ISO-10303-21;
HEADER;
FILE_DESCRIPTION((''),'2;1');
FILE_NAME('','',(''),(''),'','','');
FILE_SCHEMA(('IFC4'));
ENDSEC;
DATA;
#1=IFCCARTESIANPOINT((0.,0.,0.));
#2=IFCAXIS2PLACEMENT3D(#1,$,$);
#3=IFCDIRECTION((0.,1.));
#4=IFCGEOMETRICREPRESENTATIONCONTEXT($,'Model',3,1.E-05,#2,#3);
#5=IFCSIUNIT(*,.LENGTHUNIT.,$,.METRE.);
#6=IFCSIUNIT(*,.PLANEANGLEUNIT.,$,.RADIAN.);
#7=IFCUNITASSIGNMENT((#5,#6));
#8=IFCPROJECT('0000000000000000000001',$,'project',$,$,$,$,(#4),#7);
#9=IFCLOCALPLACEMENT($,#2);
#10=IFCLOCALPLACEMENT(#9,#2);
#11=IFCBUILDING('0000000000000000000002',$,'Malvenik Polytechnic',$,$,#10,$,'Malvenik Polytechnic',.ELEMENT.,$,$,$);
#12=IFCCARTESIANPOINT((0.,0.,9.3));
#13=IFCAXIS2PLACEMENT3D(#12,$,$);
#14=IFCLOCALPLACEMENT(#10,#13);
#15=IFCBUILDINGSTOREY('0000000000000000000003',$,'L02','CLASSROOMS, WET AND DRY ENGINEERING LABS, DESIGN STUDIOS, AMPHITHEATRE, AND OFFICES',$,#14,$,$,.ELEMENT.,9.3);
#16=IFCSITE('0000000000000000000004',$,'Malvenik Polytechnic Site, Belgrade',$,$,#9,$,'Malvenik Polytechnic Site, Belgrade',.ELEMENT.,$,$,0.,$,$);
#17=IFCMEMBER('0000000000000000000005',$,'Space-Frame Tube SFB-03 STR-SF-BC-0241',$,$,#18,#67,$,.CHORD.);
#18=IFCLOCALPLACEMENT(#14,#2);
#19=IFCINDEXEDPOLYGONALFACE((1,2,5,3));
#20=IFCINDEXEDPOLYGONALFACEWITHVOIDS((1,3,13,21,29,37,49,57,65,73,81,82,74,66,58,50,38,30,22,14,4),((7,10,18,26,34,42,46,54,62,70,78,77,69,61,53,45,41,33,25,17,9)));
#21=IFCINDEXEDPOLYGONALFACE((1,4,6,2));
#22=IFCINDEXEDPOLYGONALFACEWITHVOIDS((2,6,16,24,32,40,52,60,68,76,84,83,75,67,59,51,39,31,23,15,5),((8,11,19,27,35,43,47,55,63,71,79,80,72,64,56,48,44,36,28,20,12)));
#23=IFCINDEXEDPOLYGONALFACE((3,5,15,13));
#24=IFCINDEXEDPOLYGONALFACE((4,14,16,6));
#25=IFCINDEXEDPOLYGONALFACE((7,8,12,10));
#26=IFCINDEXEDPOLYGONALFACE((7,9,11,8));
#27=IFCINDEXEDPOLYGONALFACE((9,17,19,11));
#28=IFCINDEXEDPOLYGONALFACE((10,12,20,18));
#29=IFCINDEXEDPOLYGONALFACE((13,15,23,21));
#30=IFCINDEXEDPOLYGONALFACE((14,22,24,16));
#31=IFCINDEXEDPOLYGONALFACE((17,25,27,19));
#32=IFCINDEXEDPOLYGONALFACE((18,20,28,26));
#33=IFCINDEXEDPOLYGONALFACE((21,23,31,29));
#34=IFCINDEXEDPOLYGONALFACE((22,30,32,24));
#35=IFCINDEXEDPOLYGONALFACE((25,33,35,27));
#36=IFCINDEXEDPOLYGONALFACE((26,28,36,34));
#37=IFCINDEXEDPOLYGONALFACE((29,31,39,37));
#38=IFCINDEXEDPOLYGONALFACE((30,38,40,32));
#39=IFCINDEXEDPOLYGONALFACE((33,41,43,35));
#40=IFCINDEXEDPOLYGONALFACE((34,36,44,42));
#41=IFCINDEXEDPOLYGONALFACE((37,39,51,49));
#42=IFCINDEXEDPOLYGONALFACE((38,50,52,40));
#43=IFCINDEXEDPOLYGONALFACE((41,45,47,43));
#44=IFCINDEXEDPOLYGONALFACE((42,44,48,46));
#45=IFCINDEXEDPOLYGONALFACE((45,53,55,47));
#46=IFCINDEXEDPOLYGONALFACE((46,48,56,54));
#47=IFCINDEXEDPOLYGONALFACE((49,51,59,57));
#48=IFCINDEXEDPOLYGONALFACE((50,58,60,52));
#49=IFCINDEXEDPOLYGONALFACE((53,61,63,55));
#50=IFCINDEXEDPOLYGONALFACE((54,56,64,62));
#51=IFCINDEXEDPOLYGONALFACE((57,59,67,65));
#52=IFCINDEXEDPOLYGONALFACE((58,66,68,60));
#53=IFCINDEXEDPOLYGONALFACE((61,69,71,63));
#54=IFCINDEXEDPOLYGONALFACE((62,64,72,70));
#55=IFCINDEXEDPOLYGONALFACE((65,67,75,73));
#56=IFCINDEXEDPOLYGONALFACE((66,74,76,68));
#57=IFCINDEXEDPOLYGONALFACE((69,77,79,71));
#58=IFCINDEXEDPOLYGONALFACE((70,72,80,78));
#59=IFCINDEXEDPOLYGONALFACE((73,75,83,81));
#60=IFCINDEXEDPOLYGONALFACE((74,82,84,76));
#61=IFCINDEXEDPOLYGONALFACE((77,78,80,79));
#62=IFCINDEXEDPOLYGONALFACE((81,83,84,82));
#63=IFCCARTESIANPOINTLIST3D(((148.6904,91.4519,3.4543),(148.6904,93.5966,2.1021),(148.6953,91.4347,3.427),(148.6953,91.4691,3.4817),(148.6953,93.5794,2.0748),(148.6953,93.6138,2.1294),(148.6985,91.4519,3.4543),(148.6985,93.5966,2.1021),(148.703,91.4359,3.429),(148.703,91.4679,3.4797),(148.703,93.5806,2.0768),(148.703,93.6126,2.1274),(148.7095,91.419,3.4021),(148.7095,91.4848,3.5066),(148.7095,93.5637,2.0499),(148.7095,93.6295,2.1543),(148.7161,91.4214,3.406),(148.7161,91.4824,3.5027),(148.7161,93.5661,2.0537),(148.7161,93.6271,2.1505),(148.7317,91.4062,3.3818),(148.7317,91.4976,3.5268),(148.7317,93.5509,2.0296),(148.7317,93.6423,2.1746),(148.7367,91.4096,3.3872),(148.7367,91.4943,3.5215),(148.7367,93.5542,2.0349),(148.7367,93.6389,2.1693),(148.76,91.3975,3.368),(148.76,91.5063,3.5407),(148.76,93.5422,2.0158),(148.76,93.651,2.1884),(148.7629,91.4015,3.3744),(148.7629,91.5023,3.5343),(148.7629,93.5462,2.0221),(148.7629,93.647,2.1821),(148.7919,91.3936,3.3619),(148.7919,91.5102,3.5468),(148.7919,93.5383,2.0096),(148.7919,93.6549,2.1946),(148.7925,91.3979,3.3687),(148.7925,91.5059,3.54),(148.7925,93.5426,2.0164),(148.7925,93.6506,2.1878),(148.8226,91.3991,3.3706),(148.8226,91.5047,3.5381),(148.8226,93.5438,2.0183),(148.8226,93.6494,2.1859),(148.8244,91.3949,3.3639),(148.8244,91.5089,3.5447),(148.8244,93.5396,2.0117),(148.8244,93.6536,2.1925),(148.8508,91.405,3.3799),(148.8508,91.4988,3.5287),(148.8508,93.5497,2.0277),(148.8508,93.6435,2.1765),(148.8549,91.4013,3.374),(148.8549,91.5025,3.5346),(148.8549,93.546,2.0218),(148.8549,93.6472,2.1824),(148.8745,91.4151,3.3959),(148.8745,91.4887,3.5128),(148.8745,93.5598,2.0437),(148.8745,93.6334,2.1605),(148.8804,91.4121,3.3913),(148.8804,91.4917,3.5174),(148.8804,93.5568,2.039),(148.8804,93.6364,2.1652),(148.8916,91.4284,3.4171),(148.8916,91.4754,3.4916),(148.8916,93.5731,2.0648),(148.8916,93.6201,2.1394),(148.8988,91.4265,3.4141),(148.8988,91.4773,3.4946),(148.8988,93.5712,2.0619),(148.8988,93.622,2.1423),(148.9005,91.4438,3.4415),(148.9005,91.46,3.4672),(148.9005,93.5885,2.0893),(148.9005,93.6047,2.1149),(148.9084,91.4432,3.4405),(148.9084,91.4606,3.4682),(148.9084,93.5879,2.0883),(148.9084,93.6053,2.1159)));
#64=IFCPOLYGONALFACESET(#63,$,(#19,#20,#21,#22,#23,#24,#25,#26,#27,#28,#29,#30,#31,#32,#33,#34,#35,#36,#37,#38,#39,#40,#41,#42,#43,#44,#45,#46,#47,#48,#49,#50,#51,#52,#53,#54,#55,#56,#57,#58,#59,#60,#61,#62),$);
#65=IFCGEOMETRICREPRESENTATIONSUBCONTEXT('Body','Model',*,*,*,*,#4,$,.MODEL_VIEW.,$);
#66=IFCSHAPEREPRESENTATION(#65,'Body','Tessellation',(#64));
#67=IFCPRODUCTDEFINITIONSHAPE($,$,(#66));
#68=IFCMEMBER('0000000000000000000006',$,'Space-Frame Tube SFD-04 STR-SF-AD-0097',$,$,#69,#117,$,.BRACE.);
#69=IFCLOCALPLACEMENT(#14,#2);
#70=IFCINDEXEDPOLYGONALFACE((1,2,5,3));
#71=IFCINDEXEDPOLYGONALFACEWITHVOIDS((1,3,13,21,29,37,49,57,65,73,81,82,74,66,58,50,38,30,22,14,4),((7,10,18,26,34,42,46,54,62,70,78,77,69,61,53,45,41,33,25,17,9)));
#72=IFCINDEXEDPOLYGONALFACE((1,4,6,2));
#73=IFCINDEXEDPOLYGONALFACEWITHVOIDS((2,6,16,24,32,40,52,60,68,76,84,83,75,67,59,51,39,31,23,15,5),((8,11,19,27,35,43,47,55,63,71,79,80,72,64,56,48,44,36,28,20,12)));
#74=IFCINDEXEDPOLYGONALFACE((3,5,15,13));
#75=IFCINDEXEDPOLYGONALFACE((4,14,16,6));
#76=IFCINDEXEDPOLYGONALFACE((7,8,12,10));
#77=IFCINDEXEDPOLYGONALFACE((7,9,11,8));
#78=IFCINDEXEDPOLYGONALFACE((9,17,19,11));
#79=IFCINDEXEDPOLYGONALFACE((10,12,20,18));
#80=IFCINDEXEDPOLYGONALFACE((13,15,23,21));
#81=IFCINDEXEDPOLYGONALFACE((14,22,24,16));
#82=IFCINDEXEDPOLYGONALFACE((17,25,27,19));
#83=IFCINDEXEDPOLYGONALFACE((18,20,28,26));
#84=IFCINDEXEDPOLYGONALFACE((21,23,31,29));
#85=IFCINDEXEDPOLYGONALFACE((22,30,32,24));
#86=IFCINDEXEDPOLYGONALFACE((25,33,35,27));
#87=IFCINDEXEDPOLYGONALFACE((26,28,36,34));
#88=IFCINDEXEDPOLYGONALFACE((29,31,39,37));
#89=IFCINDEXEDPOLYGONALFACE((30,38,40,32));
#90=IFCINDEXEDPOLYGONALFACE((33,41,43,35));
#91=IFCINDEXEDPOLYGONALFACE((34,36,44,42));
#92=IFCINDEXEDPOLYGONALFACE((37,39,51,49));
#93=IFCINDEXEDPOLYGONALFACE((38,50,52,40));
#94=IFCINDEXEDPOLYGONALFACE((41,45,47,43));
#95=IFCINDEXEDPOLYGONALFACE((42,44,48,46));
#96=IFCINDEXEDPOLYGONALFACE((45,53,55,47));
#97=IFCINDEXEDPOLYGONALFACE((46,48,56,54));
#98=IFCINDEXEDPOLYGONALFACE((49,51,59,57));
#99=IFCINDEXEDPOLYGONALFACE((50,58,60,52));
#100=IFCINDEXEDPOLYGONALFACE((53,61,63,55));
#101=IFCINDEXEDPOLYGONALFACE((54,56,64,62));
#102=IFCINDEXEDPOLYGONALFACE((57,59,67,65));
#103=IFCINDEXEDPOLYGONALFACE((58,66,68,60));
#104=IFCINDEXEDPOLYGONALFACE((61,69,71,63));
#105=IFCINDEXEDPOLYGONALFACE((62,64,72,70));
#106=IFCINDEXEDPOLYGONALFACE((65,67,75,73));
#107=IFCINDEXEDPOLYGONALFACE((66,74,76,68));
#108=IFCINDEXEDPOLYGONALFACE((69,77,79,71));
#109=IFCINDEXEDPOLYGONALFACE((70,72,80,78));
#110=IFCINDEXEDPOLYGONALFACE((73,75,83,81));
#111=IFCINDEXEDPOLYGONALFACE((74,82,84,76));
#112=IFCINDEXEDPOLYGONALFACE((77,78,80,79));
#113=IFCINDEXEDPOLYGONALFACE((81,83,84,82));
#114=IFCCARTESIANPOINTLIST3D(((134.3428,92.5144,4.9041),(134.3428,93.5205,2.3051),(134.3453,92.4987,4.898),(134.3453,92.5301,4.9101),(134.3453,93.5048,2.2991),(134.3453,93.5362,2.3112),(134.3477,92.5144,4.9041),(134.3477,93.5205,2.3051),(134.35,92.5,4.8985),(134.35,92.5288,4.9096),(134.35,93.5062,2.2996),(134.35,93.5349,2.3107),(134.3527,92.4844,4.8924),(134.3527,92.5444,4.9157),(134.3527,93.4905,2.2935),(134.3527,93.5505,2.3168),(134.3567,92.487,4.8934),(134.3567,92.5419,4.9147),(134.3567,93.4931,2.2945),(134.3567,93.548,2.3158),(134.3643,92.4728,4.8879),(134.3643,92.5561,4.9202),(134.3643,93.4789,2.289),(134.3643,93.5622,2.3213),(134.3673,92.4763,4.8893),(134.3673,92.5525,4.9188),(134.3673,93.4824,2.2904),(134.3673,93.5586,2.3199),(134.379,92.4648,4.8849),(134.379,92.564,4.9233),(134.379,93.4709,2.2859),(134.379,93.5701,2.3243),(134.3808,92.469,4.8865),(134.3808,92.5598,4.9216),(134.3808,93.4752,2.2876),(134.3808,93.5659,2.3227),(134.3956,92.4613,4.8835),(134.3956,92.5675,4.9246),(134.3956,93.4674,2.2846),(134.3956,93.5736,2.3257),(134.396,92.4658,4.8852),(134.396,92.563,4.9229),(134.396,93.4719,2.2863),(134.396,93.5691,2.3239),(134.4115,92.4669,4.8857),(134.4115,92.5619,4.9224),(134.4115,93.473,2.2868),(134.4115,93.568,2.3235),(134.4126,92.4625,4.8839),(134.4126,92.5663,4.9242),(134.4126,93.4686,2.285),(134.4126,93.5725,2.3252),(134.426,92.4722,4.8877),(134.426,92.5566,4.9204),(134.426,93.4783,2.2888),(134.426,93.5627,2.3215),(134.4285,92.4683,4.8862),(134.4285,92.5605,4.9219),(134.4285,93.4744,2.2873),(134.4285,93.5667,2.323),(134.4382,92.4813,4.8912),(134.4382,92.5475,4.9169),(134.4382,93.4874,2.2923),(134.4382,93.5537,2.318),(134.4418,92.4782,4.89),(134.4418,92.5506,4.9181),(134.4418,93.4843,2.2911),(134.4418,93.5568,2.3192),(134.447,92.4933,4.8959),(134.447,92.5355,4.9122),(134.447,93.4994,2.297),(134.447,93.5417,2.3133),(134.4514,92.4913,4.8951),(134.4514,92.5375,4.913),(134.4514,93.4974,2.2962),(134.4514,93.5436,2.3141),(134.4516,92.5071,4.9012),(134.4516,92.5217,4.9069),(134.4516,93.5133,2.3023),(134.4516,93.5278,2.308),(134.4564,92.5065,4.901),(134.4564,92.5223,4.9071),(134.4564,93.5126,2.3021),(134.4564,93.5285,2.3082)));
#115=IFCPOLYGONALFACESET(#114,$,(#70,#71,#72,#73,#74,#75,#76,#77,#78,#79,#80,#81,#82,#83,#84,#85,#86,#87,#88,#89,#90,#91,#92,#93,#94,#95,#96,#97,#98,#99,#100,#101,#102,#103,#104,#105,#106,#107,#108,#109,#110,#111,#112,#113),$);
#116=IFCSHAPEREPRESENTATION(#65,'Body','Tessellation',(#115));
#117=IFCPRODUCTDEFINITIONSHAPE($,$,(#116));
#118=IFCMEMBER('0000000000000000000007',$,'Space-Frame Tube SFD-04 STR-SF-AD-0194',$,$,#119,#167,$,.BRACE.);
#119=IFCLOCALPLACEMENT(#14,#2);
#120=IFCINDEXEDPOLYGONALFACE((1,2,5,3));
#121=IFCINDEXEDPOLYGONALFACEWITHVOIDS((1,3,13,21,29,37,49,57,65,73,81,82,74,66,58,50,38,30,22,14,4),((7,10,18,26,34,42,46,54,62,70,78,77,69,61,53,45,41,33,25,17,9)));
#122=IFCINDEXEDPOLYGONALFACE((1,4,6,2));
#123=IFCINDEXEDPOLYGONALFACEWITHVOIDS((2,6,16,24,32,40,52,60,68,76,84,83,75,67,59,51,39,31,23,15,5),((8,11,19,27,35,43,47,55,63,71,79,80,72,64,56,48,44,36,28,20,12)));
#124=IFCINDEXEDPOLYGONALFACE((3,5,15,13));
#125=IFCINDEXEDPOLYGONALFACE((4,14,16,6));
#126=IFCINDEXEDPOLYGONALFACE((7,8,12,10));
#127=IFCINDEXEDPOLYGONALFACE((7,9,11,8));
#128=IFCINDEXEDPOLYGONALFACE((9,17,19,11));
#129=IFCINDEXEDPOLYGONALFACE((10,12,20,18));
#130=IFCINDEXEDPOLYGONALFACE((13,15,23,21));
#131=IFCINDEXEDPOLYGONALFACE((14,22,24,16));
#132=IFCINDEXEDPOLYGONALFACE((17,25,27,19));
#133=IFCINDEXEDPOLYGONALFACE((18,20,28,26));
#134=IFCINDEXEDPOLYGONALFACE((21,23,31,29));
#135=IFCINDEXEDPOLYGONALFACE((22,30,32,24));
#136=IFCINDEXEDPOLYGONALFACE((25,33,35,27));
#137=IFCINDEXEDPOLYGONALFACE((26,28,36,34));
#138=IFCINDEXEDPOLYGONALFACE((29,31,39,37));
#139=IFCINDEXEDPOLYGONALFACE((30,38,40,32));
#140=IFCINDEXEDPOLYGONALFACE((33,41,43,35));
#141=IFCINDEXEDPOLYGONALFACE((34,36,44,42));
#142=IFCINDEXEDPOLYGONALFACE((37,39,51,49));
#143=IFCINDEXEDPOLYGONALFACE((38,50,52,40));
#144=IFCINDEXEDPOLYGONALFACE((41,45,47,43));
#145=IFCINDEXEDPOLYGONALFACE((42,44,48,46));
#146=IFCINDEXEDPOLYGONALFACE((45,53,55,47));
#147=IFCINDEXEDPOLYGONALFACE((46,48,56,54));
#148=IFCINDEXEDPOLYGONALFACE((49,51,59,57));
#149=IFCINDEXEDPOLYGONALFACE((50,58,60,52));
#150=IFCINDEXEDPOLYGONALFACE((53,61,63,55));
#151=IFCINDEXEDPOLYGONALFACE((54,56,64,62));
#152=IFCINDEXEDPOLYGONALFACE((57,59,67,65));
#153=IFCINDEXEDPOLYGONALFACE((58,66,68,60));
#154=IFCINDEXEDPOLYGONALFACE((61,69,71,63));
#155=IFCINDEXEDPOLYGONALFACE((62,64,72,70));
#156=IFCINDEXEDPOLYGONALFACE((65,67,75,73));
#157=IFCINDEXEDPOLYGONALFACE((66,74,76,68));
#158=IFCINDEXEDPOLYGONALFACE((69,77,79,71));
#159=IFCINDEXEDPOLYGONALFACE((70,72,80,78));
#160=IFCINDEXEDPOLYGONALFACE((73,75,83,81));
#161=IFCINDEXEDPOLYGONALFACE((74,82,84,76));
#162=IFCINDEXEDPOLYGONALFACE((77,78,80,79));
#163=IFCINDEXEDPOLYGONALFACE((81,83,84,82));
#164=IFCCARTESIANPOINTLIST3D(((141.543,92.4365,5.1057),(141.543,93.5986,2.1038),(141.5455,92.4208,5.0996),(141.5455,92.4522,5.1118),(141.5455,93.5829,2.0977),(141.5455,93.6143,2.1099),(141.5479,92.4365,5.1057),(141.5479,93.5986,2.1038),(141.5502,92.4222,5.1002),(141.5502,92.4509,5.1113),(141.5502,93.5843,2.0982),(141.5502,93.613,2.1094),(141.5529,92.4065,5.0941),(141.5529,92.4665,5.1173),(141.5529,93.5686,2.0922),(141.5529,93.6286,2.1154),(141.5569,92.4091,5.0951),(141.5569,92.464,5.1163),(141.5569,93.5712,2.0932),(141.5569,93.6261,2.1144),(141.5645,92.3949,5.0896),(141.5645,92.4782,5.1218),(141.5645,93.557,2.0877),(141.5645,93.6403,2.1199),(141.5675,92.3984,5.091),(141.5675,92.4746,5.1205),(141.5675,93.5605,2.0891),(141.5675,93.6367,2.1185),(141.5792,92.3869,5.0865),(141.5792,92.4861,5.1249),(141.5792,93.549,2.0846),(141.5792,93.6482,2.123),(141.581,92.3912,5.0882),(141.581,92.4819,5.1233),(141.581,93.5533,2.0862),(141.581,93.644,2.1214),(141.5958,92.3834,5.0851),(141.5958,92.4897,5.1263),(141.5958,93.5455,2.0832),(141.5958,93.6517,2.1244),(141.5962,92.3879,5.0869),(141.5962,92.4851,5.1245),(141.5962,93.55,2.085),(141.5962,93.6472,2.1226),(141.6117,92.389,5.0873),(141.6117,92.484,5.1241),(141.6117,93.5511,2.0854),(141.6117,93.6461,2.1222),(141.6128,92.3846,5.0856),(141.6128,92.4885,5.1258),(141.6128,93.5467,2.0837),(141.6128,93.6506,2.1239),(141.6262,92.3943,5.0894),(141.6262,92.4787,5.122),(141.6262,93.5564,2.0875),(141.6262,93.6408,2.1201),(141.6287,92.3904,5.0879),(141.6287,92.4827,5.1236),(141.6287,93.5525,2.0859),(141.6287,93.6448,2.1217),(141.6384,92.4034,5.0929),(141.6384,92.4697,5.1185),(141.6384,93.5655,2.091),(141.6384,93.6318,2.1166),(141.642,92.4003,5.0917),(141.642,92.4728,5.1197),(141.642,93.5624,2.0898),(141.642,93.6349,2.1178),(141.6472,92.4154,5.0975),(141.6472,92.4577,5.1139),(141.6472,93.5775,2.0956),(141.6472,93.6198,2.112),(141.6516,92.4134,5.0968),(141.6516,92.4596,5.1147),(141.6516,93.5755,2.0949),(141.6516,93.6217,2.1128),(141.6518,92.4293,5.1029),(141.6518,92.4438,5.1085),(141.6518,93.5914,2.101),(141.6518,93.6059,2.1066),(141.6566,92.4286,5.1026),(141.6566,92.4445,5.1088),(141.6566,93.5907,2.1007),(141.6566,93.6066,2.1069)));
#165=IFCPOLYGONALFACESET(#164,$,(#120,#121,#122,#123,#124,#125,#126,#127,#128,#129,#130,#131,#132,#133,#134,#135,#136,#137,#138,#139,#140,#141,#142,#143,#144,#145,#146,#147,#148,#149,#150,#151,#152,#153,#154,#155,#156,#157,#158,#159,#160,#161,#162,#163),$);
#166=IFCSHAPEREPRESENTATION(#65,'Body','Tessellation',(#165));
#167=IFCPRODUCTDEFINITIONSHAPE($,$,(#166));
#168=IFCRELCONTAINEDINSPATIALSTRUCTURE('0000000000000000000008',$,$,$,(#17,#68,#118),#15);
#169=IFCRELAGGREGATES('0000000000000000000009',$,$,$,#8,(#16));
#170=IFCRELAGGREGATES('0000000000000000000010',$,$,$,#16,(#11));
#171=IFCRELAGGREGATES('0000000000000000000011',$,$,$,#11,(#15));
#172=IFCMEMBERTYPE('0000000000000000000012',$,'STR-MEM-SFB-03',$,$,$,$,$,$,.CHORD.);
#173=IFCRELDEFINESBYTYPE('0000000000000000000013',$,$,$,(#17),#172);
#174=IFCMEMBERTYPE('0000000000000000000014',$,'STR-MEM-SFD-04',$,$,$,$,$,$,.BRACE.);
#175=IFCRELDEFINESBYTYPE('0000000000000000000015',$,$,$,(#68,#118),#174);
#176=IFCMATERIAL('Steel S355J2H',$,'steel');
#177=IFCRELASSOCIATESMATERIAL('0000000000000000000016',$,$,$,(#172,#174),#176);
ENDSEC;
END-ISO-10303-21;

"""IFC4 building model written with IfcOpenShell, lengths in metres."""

from ifc_helpers import new_model, si_unit, direction, frame, origin, origin_2d, place, context, subcontext, project, spatial, hollow_circle, extrude, material, material_profile, profile_set, type_object, element, save


model = new_model("IFC4")

# Units and contexts
model_context = context("Model", 3, precision=1e-05, world=origin(), true_north=direction((0.0, 1.0)))
body_context = subcontext(model_context, "Body", "Model", "MODEL_VIEW")
ifc_project = project(units=[si_unit("LENGTHUNIT", "METRE"), si_unit("PLANEANGLEUNIT", "RADIAN")], contexts=[model_context])

# Site, building, storey
site_placement = place(None, origin())
site = spatial("IfcSite", under=ifc_project, at=site_placement, Name="Malvenik Polytechnic Site, Belgrade", LongName="Malvenik Polytechnic Site, Belgrade", CompositionType="ELEMENT", RefElevation=0.0)
building_placement = place(site_placement, origin())
building = spatial("IfcBuilding", under=site, at=building_placement, Name="Malvenik Polytechnic", LongName="Malvenik Polytechnic", CompositionType="ELEMENT")
storey_placement = place(building_placement, frame((0.0, 0.0, 9.3)))
storey = spatial("IfcBuildingStorey", under=building, at=storey_placement, Name="L02", Description="CLASSROOMS, WET AND DRY ENGINEERING LABS, DESIGN STUDIOS, AMPHITHEATRE, AND OFFICES", CompositionType="ELEMENT", Elevation=9.3)

# Members
ifc_material_1 = material(Name="Steel S355J2H", Category="steel")
ifc_material_profile_1 = material_profile(ifc_material_1, hollow_circle(Radius=0.1096, WallThickness=0.0081, at=origin_2d()), Name="CHS 219.1x8.0")
ifc_profile_set_1 = profile_set([ifc_material_profile_1], Name="Steel S355J2H")
member_type_1 = type_object("IfcMemberType", Name="STR-MEM-SFB-03", PredefinedType="CHORD", material=ifc_profile_set_1)
for number, where, z_axis, x_axis, name in (
    (1, (148.8, 91.4519, 3.4543), (0.0, 0.845898, -0.533344), (-1.0, 0.0, 0.0), "Space-Frame Tube SFB-03 STR-SF-BC-0241"),
):
    element("IfcMember", number, at=place(storey_placement, frame(where, z_axis=z_axis, x_axis=x_axis)), inside=storey, type_object=member_type_1, Name=name, PredefinedType="CHORD", context=body_context, shape_type="SweptSolid", body=[
        extrude(hollow_circle(Radius=0.1096, WallThickness=0.0081, at=origin_2d()), origin(), (0.0, 0.0, 1.0), 2.5354),
    ])
ifc_material_profile_2 = material_profile(ifc_material_1, hollow_circle(Radius=0.0571, WallThickness=0.0049, at=origin_2d()), Name="CHS 114.3x5.0")
ifc_profile_set_2 = profile_set([ifc_material_profile_2], Name="Steel S355J2H")
member_type_2 = type_object("IfcMemberType", Name="STR-MEM-SFD-04", PredefinedType="BRACE", material=ifc_profile_set_2)
member_placement = place(storey_placement, frame((134.3999, 92.5144, 4.9041), z_axis=(0.0, 0.361021, -0.932558), x_axis=(-1.0, 0.0, 0.0)))
element("IfcMember", 2, at=member_placement, inside=storey, type_object=member_type_2, Name="Space-Frame Tube SFD-04 STR-SF-AD-0097", PredefinedType="BRACE", context=body_context, shape_type="SweptSolid", body=[
    extrude(hollow_circle(Radius=0.0571, WallThickness=0.0049, at=origin_2d()), origin(), (0.0, 0.0, 1.0), 2.7869),
])
for number, where, z_axis, x_axis, name in (
    (3, (141.6001, 92.4365, 5.1057), (0.0, 0.361011, -0.932562), (-1.0, 0.0, 0.0), "Space-Frame Tube SFD-04 STR-SF-AD-0194"),
):
    element("IfcMember", number, at=place(storey_placement, frame(where, z_axis=z_axis, x_axis=x_axis)), inside=storey, type_object=member_type_2, Name=name, PredefinedType="BRACE", context=body_context, shape_type="SweptSolid", body=[
        extrude(hollow_circle(Radius=0.0571, WallThickness=0.0049, at=origin_2d()), origin(), (0.0, 0.0, 1.0), 3.219),
    ])

save(model, "model.ifc")
